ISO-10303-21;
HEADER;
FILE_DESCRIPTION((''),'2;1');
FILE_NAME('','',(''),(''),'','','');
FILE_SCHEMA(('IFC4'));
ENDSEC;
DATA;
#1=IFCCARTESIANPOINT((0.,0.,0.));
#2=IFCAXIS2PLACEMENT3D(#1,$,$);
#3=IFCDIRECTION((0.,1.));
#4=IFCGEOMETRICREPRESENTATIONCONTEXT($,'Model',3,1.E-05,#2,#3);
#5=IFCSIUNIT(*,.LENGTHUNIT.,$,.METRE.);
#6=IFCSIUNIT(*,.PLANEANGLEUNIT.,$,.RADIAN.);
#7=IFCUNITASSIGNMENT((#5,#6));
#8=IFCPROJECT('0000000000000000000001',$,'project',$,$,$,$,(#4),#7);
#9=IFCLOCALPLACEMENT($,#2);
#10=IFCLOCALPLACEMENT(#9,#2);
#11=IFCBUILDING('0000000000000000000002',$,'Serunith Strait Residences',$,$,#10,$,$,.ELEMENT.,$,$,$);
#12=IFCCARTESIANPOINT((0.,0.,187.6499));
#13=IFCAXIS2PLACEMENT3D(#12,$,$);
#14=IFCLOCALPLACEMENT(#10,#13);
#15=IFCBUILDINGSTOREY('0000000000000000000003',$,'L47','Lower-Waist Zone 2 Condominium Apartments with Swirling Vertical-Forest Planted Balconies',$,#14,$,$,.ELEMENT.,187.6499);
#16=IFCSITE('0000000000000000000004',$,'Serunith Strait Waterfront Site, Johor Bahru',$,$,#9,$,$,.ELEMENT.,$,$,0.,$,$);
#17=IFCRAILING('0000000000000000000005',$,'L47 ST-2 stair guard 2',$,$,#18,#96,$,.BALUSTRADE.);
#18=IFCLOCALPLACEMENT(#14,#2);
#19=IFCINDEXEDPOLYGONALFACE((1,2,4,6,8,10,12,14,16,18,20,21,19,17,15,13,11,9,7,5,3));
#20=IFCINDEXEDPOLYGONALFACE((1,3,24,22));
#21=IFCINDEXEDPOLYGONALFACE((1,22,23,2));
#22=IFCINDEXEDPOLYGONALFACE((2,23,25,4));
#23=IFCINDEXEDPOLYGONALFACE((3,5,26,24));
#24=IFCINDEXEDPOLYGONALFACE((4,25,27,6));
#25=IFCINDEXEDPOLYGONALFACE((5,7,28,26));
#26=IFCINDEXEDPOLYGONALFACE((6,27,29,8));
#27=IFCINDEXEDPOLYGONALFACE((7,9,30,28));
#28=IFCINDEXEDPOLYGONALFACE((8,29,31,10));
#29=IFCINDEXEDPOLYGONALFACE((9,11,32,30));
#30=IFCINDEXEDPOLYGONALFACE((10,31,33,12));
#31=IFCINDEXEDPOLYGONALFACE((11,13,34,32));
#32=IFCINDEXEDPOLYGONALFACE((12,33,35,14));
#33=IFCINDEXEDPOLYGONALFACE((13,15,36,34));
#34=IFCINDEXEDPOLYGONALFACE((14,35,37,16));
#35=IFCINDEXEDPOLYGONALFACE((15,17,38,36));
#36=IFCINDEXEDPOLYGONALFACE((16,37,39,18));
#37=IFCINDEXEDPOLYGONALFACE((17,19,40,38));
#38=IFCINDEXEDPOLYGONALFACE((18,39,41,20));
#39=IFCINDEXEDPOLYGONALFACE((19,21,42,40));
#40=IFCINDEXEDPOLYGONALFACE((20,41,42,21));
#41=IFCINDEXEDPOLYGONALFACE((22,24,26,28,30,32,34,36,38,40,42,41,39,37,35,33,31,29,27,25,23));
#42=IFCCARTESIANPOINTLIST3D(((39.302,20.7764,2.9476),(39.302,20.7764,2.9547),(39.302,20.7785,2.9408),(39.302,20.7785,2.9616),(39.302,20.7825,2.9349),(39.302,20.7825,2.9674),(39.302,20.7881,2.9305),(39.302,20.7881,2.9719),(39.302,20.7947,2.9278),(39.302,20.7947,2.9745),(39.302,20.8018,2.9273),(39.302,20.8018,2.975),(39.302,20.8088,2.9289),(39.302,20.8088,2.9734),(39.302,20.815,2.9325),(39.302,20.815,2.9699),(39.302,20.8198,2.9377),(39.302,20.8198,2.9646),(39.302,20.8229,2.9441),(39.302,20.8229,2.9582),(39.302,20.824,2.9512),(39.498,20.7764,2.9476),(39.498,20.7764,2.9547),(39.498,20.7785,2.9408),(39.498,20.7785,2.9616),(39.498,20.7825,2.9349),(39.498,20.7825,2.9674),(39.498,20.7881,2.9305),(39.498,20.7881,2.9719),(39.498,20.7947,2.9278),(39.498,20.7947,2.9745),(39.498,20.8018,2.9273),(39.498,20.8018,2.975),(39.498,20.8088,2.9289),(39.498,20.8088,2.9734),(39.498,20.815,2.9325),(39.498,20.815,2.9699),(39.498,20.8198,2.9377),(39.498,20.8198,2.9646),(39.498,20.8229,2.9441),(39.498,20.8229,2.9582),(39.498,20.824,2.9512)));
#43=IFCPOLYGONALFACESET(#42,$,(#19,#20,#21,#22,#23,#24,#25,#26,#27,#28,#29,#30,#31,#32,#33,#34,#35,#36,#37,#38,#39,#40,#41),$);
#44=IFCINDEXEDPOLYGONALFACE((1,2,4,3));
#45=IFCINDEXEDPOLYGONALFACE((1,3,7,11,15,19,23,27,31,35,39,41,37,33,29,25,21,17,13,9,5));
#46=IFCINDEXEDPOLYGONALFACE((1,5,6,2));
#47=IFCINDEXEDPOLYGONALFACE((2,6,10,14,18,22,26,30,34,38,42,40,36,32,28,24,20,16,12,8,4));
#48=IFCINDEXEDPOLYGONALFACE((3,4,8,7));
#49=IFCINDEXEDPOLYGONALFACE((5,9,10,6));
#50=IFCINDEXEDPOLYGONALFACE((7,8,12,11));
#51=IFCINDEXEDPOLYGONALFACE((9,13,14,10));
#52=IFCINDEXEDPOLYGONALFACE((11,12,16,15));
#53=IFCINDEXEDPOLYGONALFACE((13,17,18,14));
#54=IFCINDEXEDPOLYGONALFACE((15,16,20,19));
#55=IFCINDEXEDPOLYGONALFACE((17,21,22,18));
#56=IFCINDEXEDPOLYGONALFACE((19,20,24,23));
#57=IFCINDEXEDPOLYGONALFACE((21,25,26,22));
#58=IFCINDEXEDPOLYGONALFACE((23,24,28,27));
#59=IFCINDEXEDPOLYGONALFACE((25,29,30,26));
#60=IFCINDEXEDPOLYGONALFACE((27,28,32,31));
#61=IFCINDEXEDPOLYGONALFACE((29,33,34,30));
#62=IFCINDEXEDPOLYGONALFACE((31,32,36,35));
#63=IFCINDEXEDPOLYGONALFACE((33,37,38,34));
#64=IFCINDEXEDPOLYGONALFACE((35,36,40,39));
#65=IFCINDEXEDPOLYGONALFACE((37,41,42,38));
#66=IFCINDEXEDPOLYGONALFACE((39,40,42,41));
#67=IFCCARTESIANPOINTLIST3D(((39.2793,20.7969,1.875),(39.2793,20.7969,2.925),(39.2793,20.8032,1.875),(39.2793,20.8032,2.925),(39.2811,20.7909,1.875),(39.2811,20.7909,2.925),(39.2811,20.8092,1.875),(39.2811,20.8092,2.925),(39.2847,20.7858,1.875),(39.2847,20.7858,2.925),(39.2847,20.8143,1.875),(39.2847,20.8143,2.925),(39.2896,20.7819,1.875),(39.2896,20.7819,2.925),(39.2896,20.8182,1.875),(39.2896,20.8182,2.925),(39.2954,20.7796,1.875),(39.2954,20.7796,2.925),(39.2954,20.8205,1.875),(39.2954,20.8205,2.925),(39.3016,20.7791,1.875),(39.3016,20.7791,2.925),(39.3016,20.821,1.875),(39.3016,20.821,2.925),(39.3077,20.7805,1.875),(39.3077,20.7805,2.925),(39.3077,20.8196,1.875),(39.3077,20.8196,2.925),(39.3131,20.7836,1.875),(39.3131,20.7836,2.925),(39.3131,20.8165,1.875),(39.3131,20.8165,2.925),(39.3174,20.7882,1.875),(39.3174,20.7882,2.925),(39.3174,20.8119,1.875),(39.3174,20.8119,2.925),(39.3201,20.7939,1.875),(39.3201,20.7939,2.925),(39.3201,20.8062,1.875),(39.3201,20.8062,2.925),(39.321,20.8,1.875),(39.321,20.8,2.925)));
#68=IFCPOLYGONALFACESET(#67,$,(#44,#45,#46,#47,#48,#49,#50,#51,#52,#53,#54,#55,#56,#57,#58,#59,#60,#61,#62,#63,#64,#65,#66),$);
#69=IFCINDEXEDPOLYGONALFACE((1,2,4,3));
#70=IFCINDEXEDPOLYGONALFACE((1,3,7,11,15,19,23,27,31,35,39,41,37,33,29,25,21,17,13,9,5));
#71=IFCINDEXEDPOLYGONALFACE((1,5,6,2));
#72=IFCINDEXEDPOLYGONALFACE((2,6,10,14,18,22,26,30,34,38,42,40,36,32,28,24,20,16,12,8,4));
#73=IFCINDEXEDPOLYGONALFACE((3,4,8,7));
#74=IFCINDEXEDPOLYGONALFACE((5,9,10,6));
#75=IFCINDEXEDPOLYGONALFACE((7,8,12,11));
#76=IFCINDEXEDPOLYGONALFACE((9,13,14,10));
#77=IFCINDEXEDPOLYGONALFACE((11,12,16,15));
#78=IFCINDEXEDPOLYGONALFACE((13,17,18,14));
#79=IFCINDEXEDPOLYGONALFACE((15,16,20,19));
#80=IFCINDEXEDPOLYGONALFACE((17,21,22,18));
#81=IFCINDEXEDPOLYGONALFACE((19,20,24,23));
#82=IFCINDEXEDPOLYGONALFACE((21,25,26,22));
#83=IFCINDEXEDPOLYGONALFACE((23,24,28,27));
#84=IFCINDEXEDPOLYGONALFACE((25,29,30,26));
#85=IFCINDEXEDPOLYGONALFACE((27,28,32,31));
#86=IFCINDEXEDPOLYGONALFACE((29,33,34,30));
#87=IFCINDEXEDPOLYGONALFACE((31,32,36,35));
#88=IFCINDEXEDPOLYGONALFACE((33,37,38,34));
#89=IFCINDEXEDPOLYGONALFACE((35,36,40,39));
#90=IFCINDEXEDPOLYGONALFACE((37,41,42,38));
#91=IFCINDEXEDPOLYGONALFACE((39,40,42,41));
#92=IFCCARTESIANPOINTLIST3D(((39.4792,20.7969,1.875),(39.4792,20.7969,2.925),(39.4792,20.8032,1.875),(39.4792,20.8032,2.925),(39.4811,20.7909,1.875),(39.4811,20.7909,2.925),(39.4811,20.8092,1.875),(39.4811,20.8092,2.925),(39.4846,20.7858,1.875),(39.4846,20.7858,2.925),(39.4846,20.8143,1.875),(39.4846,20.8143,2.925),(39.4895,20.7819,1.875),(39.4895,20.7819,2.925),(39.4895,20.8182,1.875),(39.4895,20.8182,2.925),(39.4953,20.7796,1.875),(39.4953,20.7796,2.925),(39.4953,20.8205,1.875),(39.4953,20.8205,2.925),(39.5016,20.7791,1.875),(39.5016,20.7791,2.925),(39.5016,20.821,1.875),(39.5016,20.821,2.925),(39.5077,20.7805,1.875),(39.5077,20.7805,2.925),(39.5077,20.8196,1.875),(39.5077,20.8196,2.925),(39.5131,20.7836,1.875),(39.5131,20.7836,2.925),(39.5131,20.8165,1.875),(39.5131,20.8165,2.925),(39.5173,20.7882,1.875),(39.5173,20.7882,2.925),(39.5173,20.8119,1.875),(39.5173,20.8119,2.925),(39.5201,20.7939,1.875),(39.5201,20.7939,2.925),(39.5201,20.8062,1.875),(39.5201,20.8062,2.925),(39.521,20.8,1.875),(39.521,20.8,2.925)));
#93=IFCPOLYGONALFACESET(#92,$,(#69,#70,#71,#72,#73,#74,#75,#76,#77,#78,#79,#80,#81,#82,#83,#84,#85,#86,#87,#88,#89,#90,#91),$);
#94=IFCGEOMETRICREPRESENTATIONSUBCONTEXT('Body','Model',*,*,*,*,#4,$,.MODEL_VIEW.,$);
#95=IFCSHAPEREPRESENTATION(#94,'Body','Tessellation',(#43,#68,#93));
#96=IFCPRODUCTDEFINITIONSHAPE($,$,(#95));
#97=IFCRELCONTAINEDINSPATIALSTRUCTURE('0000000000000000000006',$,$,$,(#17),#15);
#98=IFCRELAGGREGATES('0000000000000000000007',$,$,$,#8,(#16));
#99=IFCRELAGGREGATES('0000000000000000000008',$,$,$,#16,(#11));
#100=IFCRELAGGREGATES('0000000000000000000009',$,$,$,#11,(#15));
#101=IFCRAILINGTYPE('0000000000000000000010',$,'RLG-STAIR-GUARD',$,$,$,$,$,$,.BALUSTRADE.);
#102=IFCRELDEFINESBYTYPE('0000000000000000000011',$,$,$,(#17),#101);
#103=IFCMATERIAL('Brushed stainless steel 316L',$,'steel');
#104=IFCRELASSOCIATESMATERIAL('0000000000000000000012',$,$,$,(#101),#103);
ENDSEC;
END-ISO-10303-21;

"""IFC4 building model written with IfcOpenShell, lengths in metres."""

from ifc_helpers import new_model, si_unit, direction, frame, origin, origin_2d, place, context, subcontext, project, spatial, circle, extrude, material, type_object, element, save


model = new_model("IFC4")

# Units and contexts
model_context = context("Model", 3, precision=1e-05, world=origin(), true_north=direction((0.0, 1.0)))
body_context = subcontext(model_context, "Body", "Model", "MODEL_VIEW")
ifc_project = project(units=[si_unit("LENGTHUNIT", "METRE"), si_unit("PLANEANGLEUNIT", "RADIAN")], contexts=[model_context])

# Site, building, storey
site_placement = place(None, origin())
site = spatial("IfcSite", under=ifc_project, at=site_placement, Name="Serunith Strait Waterfront Site, Johor Bahru", CompositionType="ELEMENT", RefElevation=0.0)
building_placement = place(site_placement, origin())
building = spatial("IfcBuilding", under=site, at=building_placement, Name="Serunith Strait Residences", CompositionType="ELEMENT")
storey_placement = place(building_placement, frame((0.0, 0.0, 187.6499)))
storey = spatial("IfcBuildingStorey", under=building, at=storey_placement, Name="L47", Description="Lower-Waist Zone 2 Condominium Apartments with Swirling Vertical-Forest Planted Balconies", CompositionType="ELEMENT", Elevation=187.6499)

# Railing
ifc_material_1 = material(Name="Brushed stainless steel 316L", Category="steel")
railing_type_1 = type_object("IfcRailingType", Name="RLG-STAIR-GUARD", PredefinedType="BALUSTRADE", material=ifc_material_1)
railing_1_placement = place(storey_placement, frame((39.3, 20.8, 1.875)))
element("IfcRailing", 1, at=railing_1_placement, inside=storey, type_object=railing_type_1, Name="L47 ST-2 stair guard 2", PredefinedType="BALUSTRADE", context=body_context, shape_type="SweptSolid", body=[
    extrude(circle(Radius=0.0239, at=origin_2d()), frame((0.002, 0.0, 1.0762), z_axis=(1.0, 0.0, 0.0), x_axis=(0.0, 1.0, 0.0)), (0.0, 0.0, 1.0), 0.196),
    extrude(circle(Radius=0.021, at=origin_2d()), origin(), (0.0, 0.0, 1.0), 1.05),
    extrude(circle(Radius=0.021, at=origin_2d()), frame((0.2, 0.0, 0.0)), (0.0, 0.0, 1.0), 1.05),
])

save(model, "model.ifc")
